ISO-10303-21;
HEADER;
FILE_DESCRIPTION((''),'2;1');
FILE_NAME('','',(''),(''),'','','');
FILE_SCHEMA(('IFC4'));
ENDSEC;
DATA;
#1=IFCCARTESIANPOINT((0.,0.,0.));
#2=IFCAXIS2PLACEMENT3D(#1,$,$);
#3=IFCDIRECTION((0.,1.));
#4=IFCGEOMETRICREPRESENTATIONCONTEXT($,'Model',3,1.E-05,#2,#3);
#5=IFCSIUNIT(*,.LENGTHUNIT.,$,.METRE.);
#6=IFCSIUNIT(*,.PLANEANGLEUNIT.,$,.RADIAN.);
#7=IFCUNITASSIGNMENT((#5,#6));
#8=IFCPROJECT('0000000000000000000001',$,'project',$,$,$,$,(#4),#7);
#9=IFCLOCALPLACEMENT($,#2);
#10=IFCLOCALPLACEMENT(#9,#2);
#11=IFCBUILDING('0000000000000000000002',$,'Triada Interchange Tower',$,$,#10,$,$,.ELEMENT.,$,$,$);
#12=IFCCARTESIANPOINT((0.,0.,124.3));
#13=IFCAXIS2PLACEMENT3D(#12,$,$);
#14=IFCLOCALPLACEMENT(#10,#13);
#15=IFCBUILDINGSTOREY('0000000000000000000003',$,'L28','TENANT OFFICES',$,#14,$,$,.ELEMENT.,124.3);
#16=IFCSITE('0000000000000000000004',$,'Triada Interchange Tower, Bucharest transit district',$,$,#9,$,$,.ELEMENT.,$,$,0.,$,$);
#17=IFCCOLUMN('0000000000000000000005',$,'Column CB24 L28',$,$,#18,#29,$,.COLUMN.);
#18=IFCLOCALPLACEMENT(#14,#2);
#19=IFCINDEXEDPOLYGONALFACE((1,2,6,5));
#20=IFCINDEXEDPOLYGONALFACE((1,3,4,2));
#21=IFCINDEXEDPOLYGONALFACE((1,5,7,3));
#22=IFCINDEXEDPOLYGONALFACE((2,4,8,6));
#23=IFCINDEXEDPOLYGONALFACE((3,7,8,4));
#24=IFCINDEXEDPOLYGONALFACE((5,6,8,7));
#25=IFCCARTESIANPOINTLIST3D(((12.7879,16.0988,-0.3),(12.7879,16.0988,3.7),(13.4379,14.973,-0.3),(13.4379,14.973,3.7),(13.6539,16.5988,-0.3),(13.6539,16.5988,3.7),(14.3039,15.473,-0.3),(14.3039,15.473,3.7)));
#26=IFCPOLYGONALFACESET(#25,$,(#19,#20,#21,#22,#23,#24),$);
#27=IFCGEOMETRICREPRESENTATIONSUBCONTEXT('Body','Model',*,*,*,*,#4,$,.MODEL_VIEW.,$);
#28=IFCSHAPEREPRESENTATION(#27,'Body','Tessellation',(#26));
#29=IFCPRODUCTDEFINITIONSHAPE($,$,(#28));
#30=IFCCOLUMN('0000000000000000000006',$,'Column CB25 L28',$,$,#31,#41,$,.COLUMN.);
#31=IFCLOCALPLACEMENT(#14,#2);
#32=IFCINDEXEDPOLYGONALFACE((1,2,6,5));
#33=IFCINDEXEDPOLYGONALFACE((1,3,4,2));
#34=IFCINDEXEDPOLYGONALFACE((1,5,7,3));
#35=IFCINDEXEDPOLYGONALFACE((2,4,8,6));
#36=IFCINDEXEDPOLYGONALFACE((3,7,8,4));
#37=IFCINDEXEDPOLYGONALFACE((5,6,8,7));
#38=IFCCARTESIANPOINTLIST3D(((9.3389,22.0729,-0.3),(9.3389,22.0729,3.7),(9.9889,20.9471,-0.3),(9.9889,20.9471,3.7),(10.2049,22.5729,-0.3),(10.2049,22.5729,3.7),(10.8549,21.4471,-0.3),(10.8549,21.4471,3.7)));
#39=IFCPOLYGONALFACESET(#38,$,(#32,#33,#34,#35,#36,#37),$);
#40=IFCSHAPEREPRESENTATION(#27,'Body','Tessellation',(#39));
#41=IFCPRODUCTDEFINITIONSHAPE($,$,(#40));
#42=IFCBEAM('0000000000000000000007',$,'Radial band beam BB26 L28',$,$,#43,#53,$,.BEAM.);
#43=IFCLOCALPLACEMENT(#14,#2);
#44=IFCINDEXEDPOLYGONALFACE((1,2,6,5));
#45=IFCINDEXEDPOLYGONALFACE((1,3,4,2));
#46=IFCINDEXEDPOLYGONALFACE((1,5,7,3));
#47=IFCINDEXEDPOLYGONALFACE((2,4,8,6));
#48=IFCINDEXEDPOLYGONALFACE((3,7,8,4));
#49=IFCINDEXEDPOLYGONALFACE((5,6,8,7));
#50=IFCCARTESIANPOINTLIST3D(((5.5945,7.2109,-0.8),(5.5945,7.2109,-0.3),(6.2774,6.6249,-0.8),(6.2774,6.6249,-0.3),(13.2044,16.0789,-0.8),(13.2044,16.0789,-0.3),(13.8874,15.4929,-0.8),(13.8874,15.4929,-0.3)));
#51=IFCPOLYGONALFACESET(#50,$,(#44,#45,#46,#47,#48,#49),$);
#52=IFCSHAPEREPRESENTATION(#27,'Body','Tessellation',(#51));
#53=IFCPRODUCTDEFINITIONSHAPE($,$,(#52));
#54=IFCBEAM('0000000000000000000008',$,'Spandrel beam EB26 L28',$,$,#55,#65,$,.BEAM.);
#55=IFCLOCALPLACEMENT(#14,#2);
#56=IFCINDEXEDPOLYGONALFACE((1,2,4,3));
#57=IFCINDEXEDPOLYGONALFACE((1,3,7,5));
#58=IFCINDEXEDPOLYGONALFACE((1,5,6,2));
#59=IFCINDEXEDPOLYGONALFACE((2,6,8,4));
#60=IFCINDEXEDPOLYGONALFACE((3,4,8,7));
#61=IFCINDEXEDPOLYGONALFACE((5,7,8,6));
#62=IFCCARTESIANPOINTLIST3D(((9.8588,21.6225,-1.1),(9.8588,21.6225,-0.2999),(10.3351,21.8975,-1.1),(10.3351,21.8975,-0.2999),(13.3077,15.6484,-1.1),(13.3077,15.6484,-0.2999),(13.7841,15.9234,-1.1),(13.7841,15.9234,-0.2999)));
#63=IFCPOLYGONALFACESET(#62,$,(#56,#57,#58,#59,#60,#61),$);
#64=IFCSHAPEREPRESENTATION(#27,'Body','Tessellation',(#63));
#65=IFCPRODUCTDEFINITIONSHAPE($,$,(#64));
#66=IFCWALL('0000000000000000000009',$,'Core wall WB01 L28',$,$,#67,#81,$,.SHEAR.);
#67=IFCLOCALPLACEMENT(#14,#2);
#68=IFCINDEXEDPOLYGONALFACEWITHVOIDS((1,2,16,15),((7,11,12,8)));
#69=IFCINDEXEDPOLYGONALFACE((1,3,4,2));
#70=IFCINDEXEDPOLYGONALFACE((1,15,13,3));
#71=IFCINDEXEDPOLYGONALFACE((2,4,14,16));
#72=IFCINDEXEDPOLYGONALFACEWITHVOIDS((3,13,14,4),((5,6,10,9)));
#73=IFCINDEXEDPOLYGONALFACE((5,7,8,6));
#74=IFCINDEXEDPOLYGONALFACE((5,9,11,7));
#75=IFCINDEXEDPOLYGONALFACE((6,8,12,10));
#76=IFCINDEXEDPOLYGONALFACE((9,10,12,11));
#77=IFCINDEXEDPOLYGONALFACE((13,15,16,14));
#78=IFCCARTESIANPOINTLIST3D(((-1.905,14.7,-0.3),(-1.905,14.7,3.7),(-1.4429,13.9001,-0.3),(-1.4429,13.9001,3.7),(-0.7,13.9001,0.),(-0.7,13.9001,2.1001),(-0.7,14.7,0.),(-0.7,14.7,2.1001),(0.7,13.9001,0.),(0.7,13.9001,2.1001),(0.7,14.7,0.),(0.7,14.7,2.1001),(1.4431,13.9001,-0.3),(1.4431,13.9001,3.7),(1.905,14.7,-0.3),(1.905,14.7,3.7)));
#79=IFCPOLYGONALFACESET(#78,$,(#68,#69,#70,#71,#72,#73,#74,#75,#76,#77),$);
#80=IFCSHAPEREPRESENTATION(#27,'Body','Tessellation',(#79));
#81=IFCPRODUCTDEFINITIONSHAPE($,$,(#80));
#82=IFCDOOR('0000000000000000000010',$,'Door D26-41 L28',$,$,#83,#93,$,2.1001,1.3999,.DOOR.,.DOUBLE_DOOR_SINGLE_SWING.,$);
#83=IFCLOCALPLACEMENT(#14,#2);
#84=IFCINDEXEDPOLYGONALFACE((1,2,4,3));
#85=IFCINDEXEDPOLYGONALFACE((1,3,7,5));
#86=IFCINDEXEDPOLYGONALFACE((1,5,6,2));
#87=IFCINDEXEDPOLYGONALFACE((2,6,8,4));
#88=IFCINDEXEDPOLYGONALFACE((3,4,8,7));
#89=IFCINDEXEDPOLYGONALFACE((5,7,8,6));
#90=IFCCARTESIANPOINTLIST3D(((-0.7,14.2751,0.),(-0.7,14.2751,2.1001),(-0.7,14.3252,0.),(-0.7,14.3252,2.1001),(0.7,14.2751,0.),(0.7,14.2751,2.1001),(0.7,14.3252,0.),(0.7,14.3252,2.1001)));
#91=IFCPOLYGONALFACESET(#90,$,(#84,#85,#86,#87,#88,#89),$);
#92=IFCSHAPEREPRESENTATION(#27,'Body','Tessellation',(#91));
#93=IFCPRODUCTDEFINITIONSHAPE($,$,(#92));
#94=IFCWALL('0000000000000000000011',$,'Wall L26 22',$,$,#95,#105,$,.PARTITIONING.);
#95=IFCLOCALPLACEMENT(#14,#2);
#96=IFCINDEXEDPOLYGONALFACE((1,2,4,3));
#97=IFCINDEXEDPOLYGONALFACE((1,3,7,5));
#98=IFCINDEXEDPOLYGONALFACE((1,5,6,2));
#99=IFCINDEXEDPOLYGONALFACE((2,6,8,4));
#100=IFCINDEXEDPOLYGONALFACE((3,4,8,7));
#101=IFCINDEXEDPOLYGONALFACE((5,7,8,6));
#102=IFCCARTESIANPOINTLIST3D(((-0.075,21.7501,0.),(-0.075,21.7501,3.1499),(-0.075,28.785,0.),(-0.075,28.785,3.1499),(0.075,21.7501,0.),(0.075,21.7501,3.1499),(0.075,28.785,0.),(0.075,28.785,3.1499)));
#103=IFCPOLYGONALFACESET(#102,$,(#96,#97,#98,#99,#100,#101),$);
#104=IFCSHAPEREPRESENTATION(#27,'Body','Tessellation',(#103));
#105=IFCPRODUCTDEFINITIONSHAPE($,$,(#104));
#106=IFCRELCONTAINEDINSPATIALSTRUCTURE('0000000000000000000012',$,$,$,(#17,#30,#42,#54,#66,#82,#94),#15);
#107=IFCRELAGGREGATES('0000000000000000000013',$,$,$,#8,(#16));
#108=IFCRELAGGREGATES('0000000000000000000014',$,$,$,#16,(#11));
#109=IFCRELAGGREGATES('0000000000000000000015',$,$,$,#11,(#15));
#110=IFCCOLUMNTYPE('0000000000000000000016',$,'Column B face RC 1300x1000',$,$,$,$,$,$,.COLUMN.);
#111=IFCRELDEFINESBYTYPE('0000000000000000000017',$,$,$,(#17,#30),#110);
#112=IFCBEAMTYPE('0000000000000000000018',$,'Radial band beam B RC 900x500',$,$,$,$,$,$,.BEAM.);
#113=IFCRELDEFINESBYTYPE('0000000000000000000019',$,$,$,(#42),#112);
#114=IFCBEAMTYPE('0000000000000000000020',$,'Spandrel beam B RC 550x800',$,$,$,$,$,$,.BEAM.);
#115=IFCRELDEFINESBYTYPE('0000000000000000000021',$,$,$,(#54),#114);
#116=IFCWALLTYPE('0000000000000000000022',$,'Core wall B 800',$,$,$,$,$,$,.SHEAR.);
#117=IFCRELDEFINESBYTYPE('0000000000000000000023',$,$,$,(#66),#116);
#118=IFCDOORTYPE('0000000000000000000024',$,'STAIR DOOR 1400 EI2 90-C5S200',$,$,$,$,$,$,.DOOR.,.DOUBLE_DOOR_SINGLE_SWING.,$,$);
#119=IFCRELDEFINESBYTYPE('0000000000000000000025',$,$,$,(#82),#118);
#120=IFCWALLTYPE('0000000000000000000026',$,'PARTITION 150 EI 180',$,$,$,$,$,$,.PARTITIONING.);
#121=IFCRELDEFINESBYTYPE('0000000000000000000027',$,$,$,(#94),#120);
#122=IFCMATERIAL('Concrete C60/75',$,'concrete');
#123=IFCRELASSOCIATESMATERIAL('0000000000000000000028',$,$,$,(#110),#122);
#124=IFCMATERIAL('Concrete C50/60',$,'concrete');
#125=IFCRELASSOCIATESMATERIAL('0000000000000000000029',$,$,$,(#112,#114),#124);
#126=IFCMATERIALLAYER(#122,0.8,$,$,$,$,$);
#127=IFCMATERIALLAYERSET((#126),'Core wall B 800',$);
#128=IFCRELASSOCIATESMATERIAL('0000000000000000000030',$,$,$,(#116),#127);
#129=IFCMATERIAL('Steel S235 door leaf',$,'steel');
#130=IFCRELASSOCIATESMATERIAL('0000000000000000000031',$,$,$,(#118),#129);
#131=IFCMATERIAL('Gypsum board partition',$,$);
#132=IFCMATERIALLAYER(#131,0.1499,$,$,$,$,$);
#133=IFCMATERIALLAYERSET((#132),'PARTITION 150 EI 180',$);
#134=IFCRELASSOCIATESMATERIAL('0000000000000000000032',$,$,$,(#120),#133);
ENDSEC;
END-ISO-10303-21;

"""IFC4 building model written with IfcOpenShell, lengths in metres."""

from ifc_helpers import new_model, si_unit, direction, frame, frame_2d, origin, origin_2d, place, context, subcontext, project, spatial, polyline, rectangle, outline, extrude, material, layer, layer_set, material_profile, profile_set, type_object, element, fill, save


model = new_model("IFC4")

# Units and contexts
model_context = context("Model", 3, precision=1e-05, world=origin(), true_north=direction((0.0, 1.0)))
body_context = subcontext(model_context, "Body", "Model", "MODEL_VIEW")
ifc_project = project(units=[si_unit("LENGTHUNIT", "METRE"), si_unit("PLANEANGLEUNIT", "RADIAN")], contexts=[model_context])

# Site, building, storey
site_placement = place(None, origin())
site = spatial("IfcSite", under=ifc_project, at=site_placement, Name="Triada Interchange Tower, Bucharest transit district", CompositionType="ELEMENT", RefElevation=0.0)
building_placement = place(site_placement, origin())
building = spatial("IfcBuilding", under=site, at=building_placement, Name="Triada Interchange Tower", CompositionType="ELEMENT")
storey_placement = place(building_placement, frame((0.0, 0.0, 124.3)))
storey = spatial("IfcBuildingStorey", under=building, at=storey_placement, Name="L28", Description="TENANT OFFICES", CompositionType="ELEMENT", Elevation=124.3)

# Columns
ifc_material_1 = material(Name="Concrete C60/75", Category="concrete")
ifc_material_profile_1 = material_profile(ifc_material_1, rectangle(XDim=1.3, YDim=1.0, at=origin_2d()), Name="RC 1300x1000")
ifc_profile_set_1 = profile_set([ifc_material_profile_1], Name="Concrete C60/75")
column_type = type_object("IfcColumnType", Name="Column B face RC 1300x1000", PredefinedType="COLUMN", material=ifc_profile_set_1)
for number, where, z_axis, x_axis, name in (
    (1, (13.5459, 15.7859, -0.3), (0.0, 0.0, 1.0), (-0.5, 0.866025, 0.0), "Column CB24 L28"),
    (2, (10.0969, 21.76, -0.3), (0.0, 0.0, 1.0), (-0.5, 0.866025, 0.0), "Column CB25 L28"),
):
    element("IfcColumn", number, at=place(storey_placement, frame(where, z_axis=z_axis, x_axis=x_axis)), inside=storey, type_object=column_type, Name=name, PredefinedType="COLUMN", context=body_context, shape_type="SweptSolid", body=[
        extrude(rectangle(XDim=1.3, YDim=1.0, at=origin_2d()), origin(), (0.0, 0.0, 1.0), 4.0),
    ])

# Beams
ifc_material_2 = material(Name="Concrete C50/60", Category="concrete")
ifc_material_profile_2 = material_profile(ifc_material_2, rectangle(XDim=0.8999, YDim=0.5, at=origin_2d()), Name="RC 900x500")
ifc_profile_set_2 = profile_set([ifc_material_profile_2], Name="Concrete C50/60")
beam_type_1 = type_object("IfcBeamType", Name="Radial band beam B RC 900x500", PredefinedType="BEAM", material=ifc_profile_set_2)
beam_1_placement = place(storey_placement, frame((13.5459, 15.7859, -0.55), z_axis=(-0.651225, -0.758885, 0.0), x_axis=(0.758885, -0.651225, 0.0)))
element("IfcBeam", 3, at=beam_1_placement, inside=storey, type_object=beam_type_1, Name="Radial band beam BB26 L28", PredefinedType="BEAM", context=body_context, shape_type="SweptSolid", body=[
    extrude(rectangle(XDim=0.8999, YDim=0.5, at=origin_2d()), origin(), (0.0, 0.0, 1.0), 11.6855),
])
ifc_material_profile_3 = material_profile(ifc_material_2, rectangle(XDim=0.55, YDim=0.8, at=origin_2d()), Name="RC 550x800")
ifc_profile_set_3 = profile_set([ifc_material_profile_3], Name="Concrete C50/60")
beam_type_2 = type_object("IfcBeamType", Name="Spandrel beam B RC 550x800", PredefinedType="BEAM", material=ifc_profile_set_3)
beam_2_placement = place(storey_placement, frame((13.5459, 15.7859, -0.7), z_axis=(-0.49998, 0.866037, 0.0), x_axis=(-0.866037, -0.49998, 0.0)))
element("IfcBeam", 4, at=beam_2_placement, inside=storey, type_object=beam_type_2, Name="Spandrel beam EB26 L28", PredefinedType="BEAM", context=body_context, shape_type="SweptSolid", body=[
    extrude(rectangle(XDim=0.55, YDim=0.8, at=origin_2d()), origin(), (0.0, 0.0, 1.0), 6.8982),
])

# Wall, opening, door
ifc_layer_1 = layer(ifc_material_1, 0.8)
ifc_layer_set_1 = layer_set([ifc_layer_1], Name="Core wall B 800")
wall_type_1 = type_object("IfcWallType", Name="Core wall B 800", PredefinedType="SHEAR", material=ifc_layer_set_1)
wall_1_placement = place(storey_placement, frame((1.6741, 14.3, -0.3), z_axis=(0.0, 0.0, 1.0), x_axis=(-1.0, 0.0, 0.0)))
wall_1 = element("IfcWall", 5, at=wall_1_placement, inside=storey, type_object=wall_type_1, Name="Core wall WB01 L28", PredefinedType="SHEAR", context=body_context, shape_type="SweptSolid", body=[
    extrude(outline(polyline([(-0.231, -0.3999), (1.6741, -0.3999), (3.5791, -0.3999), (3.1169, 0.3999), (1.6738, 0.3999), (0.231, 0.3999), (-0.231, -0.3999)])), origin(), (0.0, 0.0, 1.0), 4.0),
])
opening_1_placement = place(wall_1_placement, frame((0.9741, 0.0, 0.3)))
opening_1 = element("IfcOpeningElement", 6, at=opening_1_placement, cuts=wall_1, PredefinedType="OPENING", context=body_context, shape_type="SweptSolid", body=[
    extrude(rectangle(XDim=1.3999, YDim=2.1001, at=frame_2d((0.7, 1.05))), frame((0.0, 0.4099, 0.0), z_axis=(0.0, -1.0, 0.0), x_axis=(1.0, 0.0, 0.0)), (0.0, 0.0, 1.0), 0.8201),
])
ifc_material_3 = material(Name="Steel S235 door leaf", Category="steel")
door_type_1 = type_object("IfcDoorType", Name="STAIR DOOR 1400 EI2 90-C5S200", OperationType="DOUBLE_DOOR_SINGLE_SWING", PredefinedType="DOOR", material=ifc_material_3)
door_1_placement = place(opening_1_placement, origin())
door_1 = element("IfcDoor", 7, at=door_1_placement, inside=storey, type_object=door_type_1, Name="Door D26-41 L28", OperationType="DOUBLE_DOOR_SINGLE_SWING", OverallHeight=2.1001, OverallWidth=1.3999, PredefinedType="DOOR", context=body_context, shape_type="SweptSolid", body=[
    extrude(rectangle(XDim=1.3999, YDim=2.1001, at=frame_2d((0.7, 1.05))), frame((0.0, 0.0249, 0.0), z_axis=(0.0, -1.0, 0.0), x_axis=(1.0, 0.0, 0.0)), (0.0, 0.0, 1.0), 0.05),
])
fill(opening_1, door_1)

# Wall
ifc_material_4 = material(Name="Gypsum board partition")
ifc_layer_2 = layer(ifc_material_4, 0.1499)
ifc_layer_set_2 = layer_set([ifc_layer_2], Name="PARTITION 150 EI 180")
wall_type_2 = type_object("IfcWallType", Name="PARTITION 150 EI 180", PredefinedType="PARTITIONING", material=ifc_layer_set_2)
wall_2_placement = place(storey_placement, frame((0.0, 21.75, 0.0), z_axis=(0.0, 0.0, 1.0), x_axis=(0.0, 1.0, 0.0)))
element("IfcWall", 8, at=wall_2_placement, inside=storey, type_object=wall_type_2, Name="Wall L26 22", PredefinedType="PARTITIONING", context=body_context, shape_type="SweptSolid", body=[
    extrude(rectangle(XDim=7.0349, YDim=0.1499, at=frame_2d((3.5176, 0.0))), origin(), (0.0, 0.0, 1.0), 3.1499),
])

save(model, "model.ifc")
